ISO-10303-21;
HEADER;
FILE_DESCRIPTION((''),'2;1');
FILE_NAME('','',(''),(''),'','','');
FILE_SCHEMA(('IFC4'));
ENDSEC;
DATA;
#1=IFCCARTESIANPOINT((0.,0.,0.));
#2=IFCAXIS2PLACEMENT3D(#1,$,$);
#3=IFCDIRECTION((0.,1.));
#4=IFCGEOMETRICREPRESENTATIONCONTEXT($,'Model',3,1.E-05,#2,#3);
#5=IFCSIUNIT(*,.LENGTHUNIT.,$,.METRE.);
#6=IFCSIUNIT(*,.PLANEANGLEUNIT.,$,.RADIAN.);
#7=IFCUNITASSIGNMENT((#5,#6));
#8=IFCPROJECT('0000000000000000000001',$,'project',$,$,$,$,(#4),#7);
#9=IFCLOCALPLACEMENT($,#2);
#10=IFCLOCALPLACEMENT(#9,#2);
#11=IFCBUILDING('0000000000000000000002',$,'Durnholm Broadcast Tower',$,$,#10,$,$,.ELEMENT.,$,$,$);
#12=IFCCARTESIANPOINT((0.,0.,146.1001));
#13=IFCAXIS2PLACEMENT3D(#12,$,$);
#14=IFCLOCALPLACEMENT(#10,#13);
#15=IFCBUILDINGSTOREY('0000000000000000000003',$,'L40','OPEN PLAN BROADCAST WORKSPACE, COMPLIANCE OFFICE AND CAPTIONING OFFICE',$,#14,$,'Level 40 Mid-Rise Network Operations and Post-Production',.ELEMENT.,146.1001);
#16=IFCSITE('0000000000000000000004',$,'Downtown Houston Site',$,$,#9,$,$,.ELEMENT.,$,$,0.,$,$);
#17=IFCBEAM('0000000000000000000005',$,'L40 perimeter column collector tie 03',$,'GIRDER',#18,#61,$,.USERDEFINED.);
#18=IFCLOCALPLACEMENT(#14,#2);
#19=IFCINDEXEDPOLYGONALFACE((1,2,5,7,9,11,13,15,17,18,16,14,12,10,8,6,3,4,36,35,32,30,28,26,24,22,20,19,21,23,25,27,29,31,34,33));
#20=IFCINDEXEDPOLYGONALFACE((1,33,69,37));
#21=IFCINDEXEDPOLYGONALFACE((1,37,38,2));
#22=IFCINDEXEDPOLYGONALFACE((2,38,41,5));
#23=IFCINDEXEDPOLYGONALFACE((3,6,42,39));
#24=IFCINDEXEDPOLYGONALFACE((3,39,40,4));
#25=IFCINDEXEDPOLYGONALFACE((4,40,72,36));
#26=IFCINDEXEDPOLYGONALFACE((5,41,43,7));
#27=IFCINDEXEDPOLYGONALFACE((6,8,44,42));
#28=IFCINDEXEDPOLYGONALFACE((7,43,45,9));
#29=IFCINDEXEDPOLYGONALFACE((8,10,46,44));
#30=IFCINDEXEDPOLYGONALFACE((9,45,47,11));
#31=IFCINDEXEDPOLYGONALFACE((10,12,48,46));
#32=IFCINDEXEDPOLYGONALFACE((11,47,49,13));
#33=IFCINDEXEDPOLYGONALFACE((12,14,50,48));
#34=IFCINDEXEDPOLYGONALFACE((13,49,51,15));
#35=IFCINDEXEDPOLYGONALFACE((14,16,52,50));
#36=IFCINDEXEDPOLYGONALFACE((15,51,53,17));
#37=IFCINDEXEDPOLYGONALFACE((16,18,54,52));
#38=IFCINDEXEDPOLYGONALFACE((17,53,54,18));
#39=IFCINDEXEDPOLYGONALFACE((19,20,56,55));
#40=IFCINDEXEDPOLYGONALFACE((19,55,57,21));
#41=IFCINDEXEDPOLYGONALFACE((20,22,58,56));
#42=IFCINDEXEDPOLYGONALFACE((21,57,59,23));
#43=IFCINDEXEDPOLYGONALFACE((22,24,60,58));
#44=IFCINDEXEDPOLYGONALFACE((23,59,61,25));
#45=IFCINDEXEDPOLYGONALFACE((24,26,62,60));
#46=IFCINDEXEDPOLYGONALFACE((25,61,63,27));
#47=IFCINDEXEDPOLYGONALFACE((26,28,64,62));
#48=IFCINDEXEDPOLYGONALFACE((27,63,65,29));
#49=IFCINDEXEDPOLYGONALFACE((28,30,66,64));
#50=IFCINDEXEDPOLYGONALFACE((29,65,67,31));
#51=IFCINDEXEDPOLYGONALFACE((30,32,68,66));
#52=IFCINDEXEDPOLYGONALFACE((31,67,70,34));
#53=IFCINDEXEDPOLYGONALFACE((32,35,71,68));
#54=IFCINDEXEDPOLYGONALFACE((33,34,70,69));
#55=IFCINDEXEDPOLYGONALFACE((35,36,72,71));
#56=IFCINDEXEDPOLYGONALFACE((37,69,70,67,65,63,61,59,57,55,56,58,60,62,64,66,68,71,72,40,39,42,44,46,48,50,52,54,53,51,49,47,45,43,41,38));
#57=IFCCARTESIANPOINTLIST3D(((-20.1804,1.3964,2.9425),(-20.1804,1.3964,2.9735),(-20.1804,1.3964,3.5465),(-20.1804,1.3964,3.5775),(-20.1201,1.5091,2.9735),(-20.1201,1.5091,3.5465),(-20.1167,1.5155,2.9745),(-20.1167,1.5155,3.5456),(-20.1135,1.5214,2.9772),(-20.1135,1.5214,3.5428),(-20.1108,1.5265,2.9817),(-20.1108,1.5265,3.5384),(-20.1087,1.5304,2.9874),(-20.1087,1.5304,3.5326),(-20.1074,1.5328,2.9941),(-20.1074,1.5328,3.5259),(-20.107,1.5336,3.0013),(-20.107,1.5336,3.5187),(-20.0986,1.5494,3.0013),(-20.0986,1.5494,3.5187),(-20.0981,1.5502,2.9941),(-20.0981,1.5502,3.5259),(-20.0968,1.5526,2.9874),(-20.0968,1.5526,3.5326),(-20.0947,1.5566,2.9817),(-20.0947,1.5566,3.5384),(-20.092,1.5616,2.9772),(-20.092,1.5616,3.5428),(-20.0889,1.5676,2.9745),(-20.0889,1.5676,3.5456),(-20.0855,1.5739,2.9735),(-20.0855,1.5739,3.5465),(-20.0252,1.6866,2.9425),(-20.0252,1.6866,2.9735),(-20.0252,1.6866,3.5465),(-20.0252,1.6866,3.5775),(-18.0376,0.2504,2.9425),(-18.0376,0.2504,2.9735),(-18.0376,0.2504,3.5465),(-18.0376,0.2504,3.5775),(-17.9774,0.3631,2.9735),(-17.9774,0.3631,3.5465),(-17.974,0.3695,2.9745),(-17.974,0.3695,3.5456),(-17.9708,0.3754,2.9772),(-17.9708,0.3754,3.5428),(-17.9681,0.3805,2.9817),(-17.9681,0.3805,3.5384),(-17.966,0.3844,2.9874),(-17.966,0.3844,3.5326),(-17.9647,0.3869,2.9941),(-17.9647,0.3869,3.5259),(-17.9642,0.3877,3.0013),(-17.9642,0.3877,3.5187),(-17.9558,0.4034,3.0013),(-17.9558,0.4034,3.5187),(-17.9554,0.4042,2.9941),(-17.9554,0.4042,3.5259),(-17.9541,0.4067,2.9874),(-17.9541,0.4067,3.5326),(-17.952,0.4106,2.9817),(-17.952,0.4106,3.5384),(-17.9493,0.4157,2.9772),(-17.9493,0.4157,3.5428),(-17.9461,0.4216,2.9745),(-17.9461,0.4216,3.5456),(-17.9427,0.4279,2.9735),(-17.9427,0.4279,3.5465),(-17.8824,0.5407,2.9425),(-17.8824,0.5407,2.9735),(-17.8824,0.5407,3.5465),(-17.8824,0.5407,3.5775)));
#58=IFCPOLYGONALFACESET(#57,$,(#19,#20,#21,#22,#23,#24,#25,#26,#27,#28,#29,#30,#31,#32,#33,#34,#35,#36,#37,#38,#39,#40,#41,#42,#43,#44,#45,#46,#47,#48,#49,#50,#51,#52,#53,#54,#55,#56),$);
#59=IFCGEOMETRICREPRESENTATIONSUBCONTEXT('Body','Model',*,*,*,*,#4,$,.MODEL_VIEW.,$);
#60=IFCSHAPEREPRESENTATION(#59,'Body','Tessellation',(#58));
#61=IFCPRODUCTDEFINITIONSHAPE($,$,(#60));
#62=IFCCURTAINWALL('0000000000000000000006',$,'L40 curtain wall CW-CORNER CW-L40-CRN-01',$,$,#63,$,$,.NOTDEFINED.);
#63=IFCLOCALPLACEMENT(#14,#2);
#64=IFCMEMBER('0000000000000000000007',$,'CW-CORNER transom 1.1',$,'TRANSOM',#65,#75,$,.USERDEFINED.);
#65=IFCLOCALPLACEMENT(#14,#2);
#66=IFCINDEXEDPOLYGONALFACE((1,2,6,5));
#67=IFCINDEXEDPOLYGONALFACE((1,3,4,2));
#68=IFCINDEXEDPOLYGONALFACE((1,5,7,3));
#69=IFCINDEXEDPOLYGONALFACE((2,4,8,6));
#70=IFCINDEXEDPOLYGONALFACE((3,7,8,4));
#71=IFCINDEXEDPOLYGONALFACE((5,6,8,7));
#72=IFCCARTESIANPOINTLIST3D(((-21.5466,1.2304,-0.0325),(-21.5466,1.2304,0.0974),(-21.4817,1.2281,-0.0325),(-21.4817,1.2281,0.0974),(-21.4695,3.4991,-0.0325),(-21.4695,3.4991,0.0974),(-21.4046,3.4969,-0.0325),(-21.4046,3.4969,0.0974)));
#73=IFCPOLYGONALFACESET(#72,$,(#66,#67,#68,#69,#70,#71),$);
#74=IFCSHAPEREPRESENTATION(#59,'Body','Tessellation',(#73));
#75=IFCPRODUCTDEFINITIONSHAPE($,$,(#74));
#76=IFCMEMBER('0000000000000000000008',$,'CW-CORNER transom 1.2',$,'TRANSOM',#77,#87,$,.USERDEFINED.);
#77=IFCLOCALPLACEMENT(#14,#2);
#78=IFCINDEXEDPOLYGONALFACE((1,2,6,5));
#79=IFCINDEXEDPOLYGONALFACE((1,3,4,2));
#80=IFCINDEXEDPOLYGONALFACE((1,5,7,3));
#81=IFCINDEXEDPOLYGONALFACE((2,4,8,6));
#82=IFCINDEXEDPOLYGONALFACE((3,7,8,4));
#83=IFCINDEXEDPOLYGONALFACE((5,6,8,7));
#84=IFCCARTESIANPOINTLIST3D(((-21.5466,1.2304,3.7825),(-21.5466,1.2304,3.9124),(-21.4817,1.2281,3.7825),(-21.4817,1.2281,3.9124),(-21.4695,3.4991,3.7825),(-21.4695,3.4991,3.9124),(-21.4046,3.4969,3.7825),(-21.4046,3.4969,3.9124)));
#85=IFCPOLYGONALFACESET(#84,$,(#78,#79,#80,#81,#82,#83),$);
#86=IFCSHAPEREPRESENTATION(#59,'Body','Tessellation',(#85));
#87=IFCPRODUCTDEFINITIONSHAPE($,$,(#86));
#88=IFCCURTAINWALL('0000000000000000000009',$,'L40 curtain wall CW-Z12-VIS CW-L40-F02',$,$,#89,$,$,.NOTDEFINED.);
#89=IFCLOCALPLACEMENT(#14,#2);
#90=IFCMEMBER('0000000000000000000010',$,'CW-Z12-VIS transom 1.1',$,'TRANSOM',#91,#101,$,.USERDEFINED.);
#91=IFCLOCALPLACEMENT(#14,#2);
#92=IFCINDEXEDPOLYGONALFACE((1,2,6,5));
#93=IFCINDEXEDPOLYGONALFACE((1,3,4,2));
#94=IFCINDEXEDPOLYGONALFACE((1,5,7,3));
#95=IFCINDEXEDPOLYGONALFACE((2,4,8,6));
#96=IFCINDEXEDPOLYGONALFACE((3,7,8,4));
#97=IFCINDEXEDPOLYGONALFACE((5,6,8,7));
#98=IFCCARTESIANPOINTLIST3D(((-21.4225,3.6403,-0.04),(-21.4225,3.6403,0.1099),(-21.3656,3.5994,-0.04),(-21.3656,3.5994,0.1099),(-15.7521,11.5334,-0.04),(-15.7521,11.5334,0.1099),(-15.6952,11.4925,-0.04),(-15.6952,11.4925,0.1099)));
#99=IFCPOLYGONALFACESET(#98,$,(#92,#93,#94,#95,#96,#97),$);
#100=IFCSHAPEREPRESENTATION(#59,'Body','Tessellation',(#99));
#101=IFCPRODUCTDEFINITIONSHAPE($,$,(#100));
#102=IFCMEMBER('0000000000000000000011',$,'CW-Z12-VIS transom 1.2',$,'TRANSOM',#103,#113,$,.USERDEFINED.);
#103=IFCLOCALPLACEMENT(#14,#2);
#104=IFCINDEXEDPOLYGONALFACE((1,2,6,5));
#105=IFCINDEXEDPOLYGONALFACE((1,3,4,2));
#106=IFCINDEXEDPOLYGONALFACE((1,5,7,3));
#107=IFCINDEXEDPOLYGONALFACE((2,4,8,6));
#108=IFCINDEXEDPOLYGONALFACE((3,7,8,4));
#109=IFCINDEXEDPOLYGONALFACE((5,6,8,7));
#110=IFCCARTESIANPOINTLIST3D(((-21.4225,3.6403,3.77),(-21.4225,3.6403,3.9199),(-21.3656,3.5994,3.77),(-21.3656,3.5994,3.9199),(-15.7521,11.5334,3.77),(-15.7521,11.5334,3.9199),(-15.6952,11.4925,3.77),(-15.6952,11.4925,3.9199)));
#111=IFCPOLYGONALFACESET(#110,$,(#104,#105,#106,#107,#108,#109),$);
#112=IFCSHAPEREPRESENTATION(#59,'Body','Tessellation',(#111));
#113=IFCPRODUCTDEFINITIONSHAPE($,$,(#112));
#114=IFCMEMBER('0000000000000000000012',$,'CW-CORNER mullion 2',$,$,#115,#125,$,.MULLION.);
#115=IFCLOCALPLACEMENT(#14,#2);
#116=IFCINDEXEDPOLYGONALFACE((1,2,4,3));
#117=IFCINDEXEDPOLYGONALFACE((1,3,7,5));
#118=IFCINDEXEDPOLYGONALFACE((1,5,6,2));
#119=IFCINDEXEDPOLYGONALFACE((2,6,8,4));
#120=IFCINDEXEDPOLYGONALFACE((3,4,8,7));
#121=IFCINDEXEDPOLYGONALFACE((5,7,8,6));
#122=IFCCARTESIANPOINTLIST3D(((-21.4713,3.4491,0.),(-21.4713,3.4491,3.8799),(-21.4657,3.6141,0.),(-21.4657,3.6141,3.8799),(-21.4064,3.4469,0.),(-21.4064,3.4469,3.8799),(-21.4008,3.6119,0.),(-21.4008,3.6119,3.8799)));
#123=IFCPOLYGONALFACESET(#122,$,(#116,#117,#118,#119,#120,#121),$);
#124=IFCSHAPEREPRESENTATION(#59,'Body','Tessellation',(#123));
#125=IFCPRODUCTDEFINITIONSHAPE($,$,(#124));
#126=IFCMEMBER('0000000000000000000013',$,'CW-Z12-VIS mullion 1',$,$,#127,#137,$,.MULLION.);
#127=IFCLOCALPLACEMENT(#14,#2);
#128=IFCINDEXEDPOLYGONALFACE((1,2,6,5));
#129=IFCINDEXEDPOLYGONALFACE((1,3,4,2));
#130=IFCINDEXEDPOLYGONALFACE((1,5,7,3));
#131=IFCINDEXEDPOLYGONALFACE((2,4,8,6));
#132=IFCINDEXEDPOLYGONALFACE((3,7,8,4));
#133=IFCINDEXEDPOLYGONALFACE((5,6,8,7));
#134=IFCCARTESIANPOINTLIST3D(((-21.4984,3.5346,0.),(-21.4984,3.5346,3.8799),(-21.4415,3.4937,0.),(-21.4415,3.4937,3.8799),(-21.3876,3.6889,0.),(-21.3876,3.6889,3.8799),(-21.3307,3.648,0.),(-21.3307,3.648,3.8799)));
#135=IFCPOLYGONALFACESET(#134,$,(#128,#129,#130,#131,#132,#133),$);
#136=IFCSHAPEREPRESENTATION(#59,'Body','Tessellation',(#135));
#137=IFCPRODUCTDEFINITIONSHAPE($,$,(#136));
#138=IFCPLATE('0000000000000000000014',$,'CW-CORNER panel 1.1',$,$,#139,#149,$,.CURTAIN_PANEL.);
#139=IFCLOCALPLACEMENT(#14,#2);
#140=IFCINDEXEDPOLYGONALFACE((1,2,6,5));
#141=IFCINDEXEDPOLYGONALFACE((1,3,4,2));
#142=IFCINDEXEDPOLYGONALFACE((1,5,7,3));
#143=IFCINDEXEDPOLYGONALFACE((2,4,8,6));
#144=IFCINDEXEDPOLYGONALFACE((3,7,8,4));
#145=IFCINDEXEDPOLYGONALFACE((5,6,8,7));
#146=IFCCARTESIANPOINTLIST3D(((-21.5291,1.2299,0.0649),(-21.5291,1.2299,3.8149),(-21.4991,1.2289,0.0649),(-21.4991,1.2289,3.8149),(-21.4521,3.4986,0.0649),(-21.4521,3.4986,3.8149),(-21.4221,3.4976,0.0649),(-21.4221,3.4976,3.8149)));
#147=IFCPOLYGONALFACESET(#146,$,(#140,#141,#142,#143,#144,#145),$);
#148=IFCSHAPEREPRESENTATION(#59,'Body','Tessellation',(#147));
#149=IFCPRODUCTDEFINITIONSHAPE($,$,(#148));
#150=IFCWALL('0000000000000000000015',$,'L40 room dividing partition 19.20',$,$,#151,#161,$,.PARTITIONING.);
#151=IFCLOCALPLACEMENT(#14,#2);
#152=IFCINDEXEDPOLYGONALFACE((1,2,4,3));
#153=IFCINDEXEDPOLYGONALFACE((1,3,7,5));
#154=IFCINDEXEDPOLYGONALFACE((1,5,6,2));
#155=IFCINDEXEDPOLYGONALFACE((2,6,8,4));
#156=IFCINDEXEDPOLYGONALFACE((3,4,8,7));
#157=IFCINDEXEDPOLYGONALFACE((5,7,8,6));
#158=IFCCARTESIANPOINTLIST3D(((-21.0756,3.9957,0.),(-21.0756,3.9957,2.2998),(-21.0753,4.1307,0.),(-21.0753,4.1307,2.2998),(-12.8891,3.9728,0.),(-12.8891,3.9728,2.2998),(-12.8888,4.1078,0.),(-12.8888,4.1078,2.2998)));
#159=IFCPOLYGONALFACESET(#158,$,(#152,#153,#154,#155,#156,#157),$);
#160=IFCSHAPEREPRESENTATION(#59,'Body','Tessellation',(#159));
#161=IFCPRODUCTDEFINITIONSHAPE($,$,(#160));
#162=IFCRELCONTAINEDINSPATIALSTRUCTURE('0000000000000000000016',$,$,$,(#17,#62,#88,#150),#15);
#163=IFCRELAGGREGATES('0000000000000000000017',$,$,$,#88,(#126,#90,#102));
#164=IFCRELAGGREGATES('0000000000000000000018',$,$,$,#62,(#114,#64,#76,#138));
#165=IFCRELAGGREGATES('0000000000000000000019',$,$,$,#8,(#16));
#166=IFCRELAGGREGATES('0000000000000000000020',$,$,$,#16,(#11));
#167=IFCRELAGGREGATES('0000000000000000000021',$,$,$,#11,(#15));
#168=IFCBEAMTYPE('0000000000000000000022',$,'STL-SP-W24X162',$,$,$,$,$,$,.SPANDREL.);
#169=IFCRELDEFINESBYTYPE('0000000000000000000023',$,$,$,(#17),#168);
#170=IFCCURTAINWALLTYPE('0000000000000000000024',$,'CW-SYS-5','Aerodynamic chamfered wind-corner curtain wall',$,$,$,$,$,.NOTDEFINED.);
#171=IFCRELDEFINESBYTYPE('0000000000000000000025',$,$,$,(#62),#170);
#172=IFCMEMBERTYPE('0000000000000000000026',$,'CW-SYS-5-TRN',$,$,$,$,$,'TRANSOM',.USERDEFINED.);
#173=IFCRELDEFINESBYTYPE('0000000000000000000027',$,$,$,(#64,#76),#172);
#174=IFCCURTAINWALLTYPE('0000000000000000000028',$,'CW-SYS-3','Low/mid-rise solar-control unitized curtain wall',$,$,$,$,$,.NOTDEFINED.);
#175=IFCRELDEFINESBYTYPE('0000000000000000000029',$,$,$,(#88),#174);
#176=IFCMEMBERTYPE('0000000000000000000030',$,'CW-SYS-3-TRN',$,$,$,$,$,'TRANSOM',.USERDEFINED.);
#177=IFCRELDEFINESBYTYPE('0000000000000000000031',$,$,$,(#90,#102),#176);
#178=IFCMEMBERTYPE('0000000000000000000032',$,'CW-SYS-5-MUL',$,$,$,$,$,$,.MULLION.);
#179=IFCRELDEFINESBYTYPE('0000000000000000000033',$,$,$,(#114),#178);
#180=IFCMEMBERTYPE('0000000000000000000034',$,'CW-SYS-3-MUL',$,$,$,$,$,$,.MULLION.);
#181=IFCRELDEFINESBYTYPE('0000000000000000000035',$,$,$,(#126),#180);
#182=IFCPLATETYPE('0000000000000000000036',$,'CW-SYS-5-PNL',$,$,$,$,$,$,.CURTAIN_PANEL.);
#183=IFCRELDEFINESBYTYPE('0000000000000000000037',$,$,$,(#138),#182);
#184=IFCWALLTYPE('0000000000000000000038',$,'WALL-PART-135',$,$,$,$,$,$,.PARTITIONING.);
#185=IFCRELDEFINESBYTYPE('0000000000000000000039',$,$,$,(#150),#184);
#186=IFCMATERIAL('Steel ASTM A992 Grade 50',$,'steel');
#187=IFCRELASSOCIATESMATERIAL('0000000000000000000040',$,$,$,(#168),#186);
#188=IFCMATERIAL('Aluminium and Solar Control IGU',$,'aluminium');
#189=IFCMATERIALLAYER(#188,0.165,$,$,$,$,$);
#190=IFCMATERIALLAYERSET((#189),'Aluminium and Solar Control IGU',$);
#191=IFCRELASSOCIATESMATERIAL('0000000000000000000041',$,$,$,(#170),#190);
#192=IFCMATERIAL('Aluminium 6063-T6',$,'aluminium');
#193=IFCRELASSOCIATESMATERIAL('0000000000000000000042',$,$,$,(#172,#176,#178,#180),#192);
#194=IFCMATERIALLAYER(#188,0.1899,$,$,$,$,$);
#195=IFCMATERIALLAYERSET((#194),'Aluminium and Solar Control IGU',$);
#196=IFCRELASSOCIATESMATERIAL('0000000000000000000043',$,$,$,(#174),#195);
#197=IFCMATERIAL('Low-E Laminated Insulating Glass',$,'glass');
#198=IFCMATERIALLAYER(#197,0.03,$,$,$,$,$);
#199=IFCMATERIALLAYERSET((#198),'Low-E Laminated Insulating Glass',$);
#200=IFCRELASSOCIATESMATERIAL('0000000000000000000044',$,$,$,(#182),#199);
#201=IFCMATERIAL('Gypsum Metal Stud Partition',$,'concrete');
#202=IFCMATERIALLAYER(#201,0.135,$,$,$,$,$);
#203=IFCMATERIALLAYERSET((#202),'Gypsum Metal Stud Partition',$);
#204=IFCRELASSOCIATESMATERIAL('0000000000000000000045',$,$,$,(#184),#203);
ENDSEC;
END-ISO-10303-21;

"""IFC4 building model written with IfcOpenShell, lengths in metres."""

from ifc_helpers import new_model, si_unit, direction, frame, frame_2d, origin, origin_2d, place, context, subcontext, project, spatial, rectangle, i_section, extrude, source, transform, mapped, material, layer, layer_set, material_profile, profile_set, type_object, type_shapes, element, aggregate, save


model = new_model("IFC4")

# Units and contexts
model_context = context("Model", 3, precision=1e-05, world=origin(), true_north=direction((0.0, 1.0)))
body_context = subcontext(model_context, "Body", "Model", "MODEL_VIEW")
ifc_project = project(units=[si_unit("LENGTHUNIT", "METRE"), si_unit("PLANEANGLEUNIT", "RADIAN")], contexts=[model_context])

# Site, building, storey
site_placement = place(None, origin())
site = spatial("IfcSite", under=ifc_project, at=site_placement, Name="Downtown Houston Site", CompositionType="ELEMENT", RefElevation=0.0)
building_placement = place(site_placement, origin())
building = spatial("IfcBuilding", under=site, at=building_placement, Name="Durnholm Broadcast Tower", CompositionType="ELEMENT")
storey_placement = place(building_placement, frame((0.0, 0.0, 146.1001)))
storey = spatial("IfcBuildingStorey", under=building, at=storey_placement, Name="L40", Description="OPEN PLAN BROADCAST WORKSPACE, COMPLIANCE OFFICE AND CAPTIONING OFFICE", LongName="Level 40 Mid-Rise Network Operations and Post-Production", CompositionType="ELEMENT", Elevation=146.1001)

# Beam
ifc_material_1 = material(Name="Steel ASTM A992 Grade 50", Category="steel")
ifc_material_profile_1 = material_profile(ifc_material_1, i_section(OverallWidth=0.3291, OverallDepth=0.635, WebThickness=0.0178, FlangeThickness=0.031, FilletRadius=0.0278, at=origin_2d()), Name="W24X162")
ifc_profile_set_1 = profile_set([ifc_material_profile_1], Name="Steel ASTM A992 Grade 50")
beam_type_1 = type_object("IfcBeamType", Name="STL-SP-W24X162", PredefinedType="SPANDREL", material=ifc_profile_set_1)
shared_shape_1 = source(origin(), body_context, "Body", "SweptSolid", [
    extrude(i_section(OverallWidth=0.3291, OverallDepth=0.635, WebThickness=0.0178, FlangeThickness=0.031, FilletRadius=0.0278, at=origin_2d()), origin(), (0.0, 0.0, 1.0), 2.4299),
])
type_shapes(beam_type_1, [shared_shape_1])
beam_1_placement = place(storey_placement, frame((-20.1028, 1.5415, 3.26), z_axis=(0.881813, -0.4716, 0.0), x_axis=(0.4716, 0.881813, 0.0)))
element("IfcBeam", 1, at=beam_1_placement, inside=storey, type_object=beam_type_1, Name="L40 perimeter column collector tie 03", ObjectType="GIRDER", PredefinedType="USERDEFINED", context=body_context, shape_type="MappedRepresentation", body=[
    mapped(shared_shape_1, transform((0.0, 0.0, 0.0), x_axis=(1.0, 0.0, 0.0), y_axis=(0.0, 1.0, 0.0), z_axis=(0.0, 0.0, 1.0), scale=1.0)),
])

# Curtain walls, members
ifc_material_2 = material(Name="Aluminium and Solar Control IGU", Category="aluminium")
ifc_layer_1 = layer(ifc_material_2, 0.165)
ifc_layer_set_1 = layer_set([ifc_layer_1], Name="Aluminium and Solar Control IGU")
curtain_wall_type_1 = type_object("IfcCurtainWallType", Name="CW-SYS-5", Description="Aerodynamic chamfered wind-corner curtain wall", PredefinedType="NOTDEFINED", material=ifc_layer_set_1)
curtain_wall_1_placement = place(storey_placement, origin())
curtain_wall_1 = element("IfcCurtainWall", 2, at=curtain_wall_1_placement, inside=storey, type_object=curtain_wall_type_1, Name="L40 curtain wall CW-CORNER CW-L40-CRN-01", PredefinedType="NOTDEFINED")
ifc_material_3 = material(Name="Aluminium 6063-T6", Category="aluminium")
ifc_material_profile_2 = material_profile(ifc_material_3, rectangle(XDim=0.0649, YDim=0.1299, at=origin_2d()), Name="CWT65X130")
ifc_profile_set_2 = profile_set([ifc_material_profile_2], Name="Aluminium 6063-T6")
member_type_1 = type_object("IfcMemberType", Name="CW-SYS-5-TRN", ElementType="TRANSOM", PredefinedType="USERDEFINED", material=ifc_profile_set_2)
shared_shape_2 = source(origin(), body_context, "Body", "SweptSolid", [
    extrude(rectangle(XDim=0.0649, YDim=0.1299, at=origin_2d()), origin(), (0.0, 0.0, 1.0), 2.27),
])
type_shapes(member_type_1, [shared_shape_2])
member_1_placement = place(storey_placement, frame((-21.5142, 1.2292, 0.0325), z_axis=(0.033984, 0.999422, 0.0), x_axis=(-0.999422, 0.033984, 0.0)))
member_1 = element("IfcMember", 3, at=member_1_placement, type_object=member_type_1, Name="CW-CORNER transom 1.1", ObjectType="TRANSOM", PredefinedType="USERDEFINED", context=body_context, shape_type="MappedRepresentation", body=[
    mapped(shared_shape_2, transform((0.0, 0.0, 0.0), x_axis=(1.0, 0.0, 0.0), y_axis=(0.0, 1.0, 0.0), z_axis=(0.0, 0.0, 1.0), scale=1.0)),
])
member_2_placement = place(storey_placement, frame((-21.5142, 1.2292, 3.8474), z_axis=(0.033984, 0.999422, 0.0), x_axis=(-0.999422, 0.033984, 0.0)))
member_2 = element("IfcMember", 4, at=member_2_placement, type_object=member_type_1, Name="CW-CORNER transom 1.2", ObjectType="TRANSOM", PredefinedType="USERDEFINED", context=body_context, shape_type="MappedRepresentation", body=[
    mapped(shared_shape_2, transform((0.0, 0.0, 0.0), x_axis=(1.0, 0.0, 0.0), y_axis=(0.0, 1.0, 0.0), z_axis=(0.0, 0.0, 1.0), scale=1.0)),
])
ifc_layer_2 = layer(ifc_material_2, 0.1899)
ifc_layer_set_2 = layer_set([ifc_layer_2], Name="Aluminium and Solar Control IGU")
curtain_wall_type_2 = type_object("IfcCurtainWallType", Name="CW-SYS-3", Description="Low/mid-rise solar-control unitized curtain wall", PredefinedType="NOTDEFINED", material=ifc_layer_set_2)
curtain_wall_2_placement = place(storey_placement, origin())
curtain_wall_2 = element("IfcCurtainWall", 5, at=curtain_wall_2_placement, inside=storey, type_object=curtain_wall_type_2, Name="L40 curtain wall CW-Z12-VIS CW-L40-F02", PredefinedType="NOTDEFINED")
ifc_material_profile_3 = material_profile(ifc_material_3, rectangle(XDim=0.0701, YDim=0.1499, at=origin_2d()), Name="CWT70X150")
ifc_profile_set_3 = profile_set([ifc_material_profile_3], Name="Aluminium 6063-T6")
member_type_2 = type_object("IfcMemberType", Name="CW-SYS-3-TRN", ElementType="TRANSOM", PredefinedType="USERDEFINED", material=ifc_profile_set_3)
shared_shape_3 = source(origin(), body_context, "Body", "SweptSolid", [
    extrude(rectangle(XDim=0.0701, YDim=0.1499, at=origin_2d()), origin(), (0.0, 0.0, 1.0), 9.7188),
])
type_shapes(member_type_2, [shared_shape_3])
member_3_placement = place(storey_placement, frame((-21.394, 3.6199, 0.0349), z_axis=(0.583451, 0.812149, 0.0), x_axis=(-0.812149, 0.583451, 0.0)))
member_3 = element("IfcMember", 6, at=member_3_placement, type_object=member_type_2, Name="CW-Z12-VIS transom 1.1", ObjectType="TRANSOM", PredefinedType="USERDEFINED", context=body_context, shape_type="MappedRepresentation", body=[
    mapped(shared_shape_3, transform((0.0, 0.0, 0.0), x_axis=(1.0, 0.0, 0.0), y_axis=(0.0, 1.0, 0.0), z_axis=(0.0, 0.0, 1.0), scale=1.0)),
])
member_4_placement = place(storey_placement, frame((-21.394, 3.6199, 3.845), z_axis=(0.583451, 0.812149, 0.0), x_axis=(-0.812149, 0.583451, 0.0)))
member_4 = element("IfcMember", 7, at=member_4_placement, type_object=member_type_2, Name="CW-Z12-VIS transom 1.2", ObjectType="TRANSOM", PredefinedType="USERDEFINED", context=body_context, shape_type="MappedRepresentation", body=[
    mapped(shared_shape_3, transform((0.0, 0.0, 0.0), x_axis=(1.0, 0.0, 0.0), y_axis=(0.0, 1.0, 0.0), z_axis=(0.0, 0.0, 1.0), scale=1.0)),
])

# Members
ifc_material_profile_4 = material_profile(ifc_material_3, rectangle(XDim=0.0649, YDim=0.165, at=origin_2d()), Name="CWM65X165")
ifc_profile_set_4 = profile_set([ifc_material_profile_4], Name="Aluminium 6063-T6")
member_type_3 = type_object("IfcMemberType", Name="CW-SYS-5-MUL", PredefinedType="MULLION", material=ifc_profile_set_4)
shared_shape_4 = source(origin(), body_context, "Body", "SweptSolid", [
    extrude(rectangle(XDim=0.0649, YDim=0.165, at=origin_2d()), origin(), (0.0, 0.0, 1.0), 3.8799),
])
type_shapes(member_type_3, [shared_shape_4])
member_5_placement = place(storey_placement, frame((-21.436, 3.5305, 0.0), z_axis=(0.0, 0.0, 1.0), x_axis=(-0.999425, 0.033917, 0.0)))
member_5 = element("IfcMember", 8, at=member_5_placement, type_object=member_type_3, Name="CW-CORNER mullion 2", PredefinedType="MULLION", context=body_context, shape_type="MappedRepresentation", body=[
    mapped(shared_shape_4, transform((0.0, 0.0, 0.0), x_axis=(1.0, 0.0, 0.0), y_axis=(0.0, 1.0, 0.0), z_axis=(0.0, 0.0, 1.0), scale=1.0)),
])
ifc_material_profile_5 = material_profile(ifc_material_3, rectangle(XDim=0.0701, YDim=0.1899, at=origin_2d()), Name="CWM70X190")
ifc_profile_set_5 = profile_set([ifc_material_profile_5], Name="Aluminium 6063-T6")
member_type_4 = type_object("IfcMemberType", Name="CW-SYS-3-MUL", PredefinedType="MULLION", material=ifc_profile_set_5)
shared_shape_5 = source(origin(), body_context, "Body", "SweptSolid", [
    extrude(rectangle(XDim=0.0701, YDim=0.1899, at=origin_2d()), origin(), (0.0, 0.0, 1.0), 3.8799),
])
type_shapes(member_type_4, [shared_shape_5])
member_6_placement = place(storey_placement, frame((-21.4146, 3.5913, 0.0), z_axis=(0.0, 0.0, 1.0), x_axis=(-0.812152, 0.583445, 0.0)))
member_6 = element("IfcMember", 9, at=member_6_placement, type_object=member_type_4, Name="CW-Z12-VIS mullion 1", PredefinedType="MULLION", context=body_context, shape_type="MappedRepresentation", body=[
    mapped(shared_shape_5, transform((0.0, 0.0, 0.0), x_axis=(1.0, 0.0, 0.0), y_axis=(0.0, 1.0, 0.0), z_axis=(0.0, 0.0, 1.0), scale=1.0)),
])
aggregate(curtain_wall_2, [member_6, member_3, member_4])

# Plate
ifc_material_4 = material(Name="Low-E Laminated Insulating Glass", Category="glass")
ifc_layer_3 = layer(ifc_material_4, 0.03)
ifc_layer_set_3 = layer_set([ifc_layer_3], Name="Low-E Laminated Insulating Glass")
plate_type = type_object("IfcPlateType", Name="CW-SYS-5-PNL", PredefinedType="CURTAIN_PANEL", material=ifc_layer_set_3)
shared_shape_6 = source(origin(), body_context, "Body", "SweptSolid", [
    extrude(rectangle(XDim=2.27, YDim=0.03, at=origin_2d()), origin(), (0.0, 0.0, 1.0), 3.75),
])
type_shapes(plate_type, [shared_shape_6])
plate_placement = place(storey_placement, frame((-21.4756, 2.3638, 0.0649), z_axis=(0.0, 0.0, 1.0), x_axis=(0.033917, 0.999425, 0.0)))
plate = element("IfcPlate", 10, at=plate_placement, type_object=plate_type, Name="CW-CORNER panel 1.1", PredefinedType="CURTAIN_PANEL", context=body_context, shape_type="MappedRepresentation", body=[
    mapped(shared_shape_6, transform((0.0, 0.0, 0.0), x_axis=(1.0, 0.0, 0.0), y_axis=(0.0, 1.0, 0.0), z_axis=(0.0, 0.0, 1.0), scale=1.0)),
])
aggregate(curtain_wall_1, [member_5, member_1, member_2, plate])

# Wall
ifc_material_5 = material(Name="Gypsum Metal Stud Partition", Category="concrete")
ifc_layer_4 = layer(ifc_material_5, 0.135)
ifc_layer_set_4 = layer_set([ifc_layer_4], Name="Gypsum Metal Stud Partition")
wall_type_1 = type_object("IfcWallType", Name="WALL-PART-135", PredefinedType="PARTITIONING", material=ifc_layer_set_4)
wall_1_placement = place(storey_placement, frame((-21.0754, 4.0632, 0.0), z_axis=(0.0, 0.0, 1.0), x_axis=(0.999996, -0.002803, 0.0)))
element("IfcWall", 11, at=wall_1_placement, inside=storey, type_object=wall_type_1, Name="L40 room dividing partition 19.20", PredefinedType="PARTITIONING", context=body_context, shape_type="SweptSolid", body=[
    extrude(rectangle(XDim=8.1865, YDim=0.135, at=frame_2d((4.0933, 0.0))), origin(), (0.0, 0.0, 1.0), 2.2998),
])

save(model, "model.ifc")
